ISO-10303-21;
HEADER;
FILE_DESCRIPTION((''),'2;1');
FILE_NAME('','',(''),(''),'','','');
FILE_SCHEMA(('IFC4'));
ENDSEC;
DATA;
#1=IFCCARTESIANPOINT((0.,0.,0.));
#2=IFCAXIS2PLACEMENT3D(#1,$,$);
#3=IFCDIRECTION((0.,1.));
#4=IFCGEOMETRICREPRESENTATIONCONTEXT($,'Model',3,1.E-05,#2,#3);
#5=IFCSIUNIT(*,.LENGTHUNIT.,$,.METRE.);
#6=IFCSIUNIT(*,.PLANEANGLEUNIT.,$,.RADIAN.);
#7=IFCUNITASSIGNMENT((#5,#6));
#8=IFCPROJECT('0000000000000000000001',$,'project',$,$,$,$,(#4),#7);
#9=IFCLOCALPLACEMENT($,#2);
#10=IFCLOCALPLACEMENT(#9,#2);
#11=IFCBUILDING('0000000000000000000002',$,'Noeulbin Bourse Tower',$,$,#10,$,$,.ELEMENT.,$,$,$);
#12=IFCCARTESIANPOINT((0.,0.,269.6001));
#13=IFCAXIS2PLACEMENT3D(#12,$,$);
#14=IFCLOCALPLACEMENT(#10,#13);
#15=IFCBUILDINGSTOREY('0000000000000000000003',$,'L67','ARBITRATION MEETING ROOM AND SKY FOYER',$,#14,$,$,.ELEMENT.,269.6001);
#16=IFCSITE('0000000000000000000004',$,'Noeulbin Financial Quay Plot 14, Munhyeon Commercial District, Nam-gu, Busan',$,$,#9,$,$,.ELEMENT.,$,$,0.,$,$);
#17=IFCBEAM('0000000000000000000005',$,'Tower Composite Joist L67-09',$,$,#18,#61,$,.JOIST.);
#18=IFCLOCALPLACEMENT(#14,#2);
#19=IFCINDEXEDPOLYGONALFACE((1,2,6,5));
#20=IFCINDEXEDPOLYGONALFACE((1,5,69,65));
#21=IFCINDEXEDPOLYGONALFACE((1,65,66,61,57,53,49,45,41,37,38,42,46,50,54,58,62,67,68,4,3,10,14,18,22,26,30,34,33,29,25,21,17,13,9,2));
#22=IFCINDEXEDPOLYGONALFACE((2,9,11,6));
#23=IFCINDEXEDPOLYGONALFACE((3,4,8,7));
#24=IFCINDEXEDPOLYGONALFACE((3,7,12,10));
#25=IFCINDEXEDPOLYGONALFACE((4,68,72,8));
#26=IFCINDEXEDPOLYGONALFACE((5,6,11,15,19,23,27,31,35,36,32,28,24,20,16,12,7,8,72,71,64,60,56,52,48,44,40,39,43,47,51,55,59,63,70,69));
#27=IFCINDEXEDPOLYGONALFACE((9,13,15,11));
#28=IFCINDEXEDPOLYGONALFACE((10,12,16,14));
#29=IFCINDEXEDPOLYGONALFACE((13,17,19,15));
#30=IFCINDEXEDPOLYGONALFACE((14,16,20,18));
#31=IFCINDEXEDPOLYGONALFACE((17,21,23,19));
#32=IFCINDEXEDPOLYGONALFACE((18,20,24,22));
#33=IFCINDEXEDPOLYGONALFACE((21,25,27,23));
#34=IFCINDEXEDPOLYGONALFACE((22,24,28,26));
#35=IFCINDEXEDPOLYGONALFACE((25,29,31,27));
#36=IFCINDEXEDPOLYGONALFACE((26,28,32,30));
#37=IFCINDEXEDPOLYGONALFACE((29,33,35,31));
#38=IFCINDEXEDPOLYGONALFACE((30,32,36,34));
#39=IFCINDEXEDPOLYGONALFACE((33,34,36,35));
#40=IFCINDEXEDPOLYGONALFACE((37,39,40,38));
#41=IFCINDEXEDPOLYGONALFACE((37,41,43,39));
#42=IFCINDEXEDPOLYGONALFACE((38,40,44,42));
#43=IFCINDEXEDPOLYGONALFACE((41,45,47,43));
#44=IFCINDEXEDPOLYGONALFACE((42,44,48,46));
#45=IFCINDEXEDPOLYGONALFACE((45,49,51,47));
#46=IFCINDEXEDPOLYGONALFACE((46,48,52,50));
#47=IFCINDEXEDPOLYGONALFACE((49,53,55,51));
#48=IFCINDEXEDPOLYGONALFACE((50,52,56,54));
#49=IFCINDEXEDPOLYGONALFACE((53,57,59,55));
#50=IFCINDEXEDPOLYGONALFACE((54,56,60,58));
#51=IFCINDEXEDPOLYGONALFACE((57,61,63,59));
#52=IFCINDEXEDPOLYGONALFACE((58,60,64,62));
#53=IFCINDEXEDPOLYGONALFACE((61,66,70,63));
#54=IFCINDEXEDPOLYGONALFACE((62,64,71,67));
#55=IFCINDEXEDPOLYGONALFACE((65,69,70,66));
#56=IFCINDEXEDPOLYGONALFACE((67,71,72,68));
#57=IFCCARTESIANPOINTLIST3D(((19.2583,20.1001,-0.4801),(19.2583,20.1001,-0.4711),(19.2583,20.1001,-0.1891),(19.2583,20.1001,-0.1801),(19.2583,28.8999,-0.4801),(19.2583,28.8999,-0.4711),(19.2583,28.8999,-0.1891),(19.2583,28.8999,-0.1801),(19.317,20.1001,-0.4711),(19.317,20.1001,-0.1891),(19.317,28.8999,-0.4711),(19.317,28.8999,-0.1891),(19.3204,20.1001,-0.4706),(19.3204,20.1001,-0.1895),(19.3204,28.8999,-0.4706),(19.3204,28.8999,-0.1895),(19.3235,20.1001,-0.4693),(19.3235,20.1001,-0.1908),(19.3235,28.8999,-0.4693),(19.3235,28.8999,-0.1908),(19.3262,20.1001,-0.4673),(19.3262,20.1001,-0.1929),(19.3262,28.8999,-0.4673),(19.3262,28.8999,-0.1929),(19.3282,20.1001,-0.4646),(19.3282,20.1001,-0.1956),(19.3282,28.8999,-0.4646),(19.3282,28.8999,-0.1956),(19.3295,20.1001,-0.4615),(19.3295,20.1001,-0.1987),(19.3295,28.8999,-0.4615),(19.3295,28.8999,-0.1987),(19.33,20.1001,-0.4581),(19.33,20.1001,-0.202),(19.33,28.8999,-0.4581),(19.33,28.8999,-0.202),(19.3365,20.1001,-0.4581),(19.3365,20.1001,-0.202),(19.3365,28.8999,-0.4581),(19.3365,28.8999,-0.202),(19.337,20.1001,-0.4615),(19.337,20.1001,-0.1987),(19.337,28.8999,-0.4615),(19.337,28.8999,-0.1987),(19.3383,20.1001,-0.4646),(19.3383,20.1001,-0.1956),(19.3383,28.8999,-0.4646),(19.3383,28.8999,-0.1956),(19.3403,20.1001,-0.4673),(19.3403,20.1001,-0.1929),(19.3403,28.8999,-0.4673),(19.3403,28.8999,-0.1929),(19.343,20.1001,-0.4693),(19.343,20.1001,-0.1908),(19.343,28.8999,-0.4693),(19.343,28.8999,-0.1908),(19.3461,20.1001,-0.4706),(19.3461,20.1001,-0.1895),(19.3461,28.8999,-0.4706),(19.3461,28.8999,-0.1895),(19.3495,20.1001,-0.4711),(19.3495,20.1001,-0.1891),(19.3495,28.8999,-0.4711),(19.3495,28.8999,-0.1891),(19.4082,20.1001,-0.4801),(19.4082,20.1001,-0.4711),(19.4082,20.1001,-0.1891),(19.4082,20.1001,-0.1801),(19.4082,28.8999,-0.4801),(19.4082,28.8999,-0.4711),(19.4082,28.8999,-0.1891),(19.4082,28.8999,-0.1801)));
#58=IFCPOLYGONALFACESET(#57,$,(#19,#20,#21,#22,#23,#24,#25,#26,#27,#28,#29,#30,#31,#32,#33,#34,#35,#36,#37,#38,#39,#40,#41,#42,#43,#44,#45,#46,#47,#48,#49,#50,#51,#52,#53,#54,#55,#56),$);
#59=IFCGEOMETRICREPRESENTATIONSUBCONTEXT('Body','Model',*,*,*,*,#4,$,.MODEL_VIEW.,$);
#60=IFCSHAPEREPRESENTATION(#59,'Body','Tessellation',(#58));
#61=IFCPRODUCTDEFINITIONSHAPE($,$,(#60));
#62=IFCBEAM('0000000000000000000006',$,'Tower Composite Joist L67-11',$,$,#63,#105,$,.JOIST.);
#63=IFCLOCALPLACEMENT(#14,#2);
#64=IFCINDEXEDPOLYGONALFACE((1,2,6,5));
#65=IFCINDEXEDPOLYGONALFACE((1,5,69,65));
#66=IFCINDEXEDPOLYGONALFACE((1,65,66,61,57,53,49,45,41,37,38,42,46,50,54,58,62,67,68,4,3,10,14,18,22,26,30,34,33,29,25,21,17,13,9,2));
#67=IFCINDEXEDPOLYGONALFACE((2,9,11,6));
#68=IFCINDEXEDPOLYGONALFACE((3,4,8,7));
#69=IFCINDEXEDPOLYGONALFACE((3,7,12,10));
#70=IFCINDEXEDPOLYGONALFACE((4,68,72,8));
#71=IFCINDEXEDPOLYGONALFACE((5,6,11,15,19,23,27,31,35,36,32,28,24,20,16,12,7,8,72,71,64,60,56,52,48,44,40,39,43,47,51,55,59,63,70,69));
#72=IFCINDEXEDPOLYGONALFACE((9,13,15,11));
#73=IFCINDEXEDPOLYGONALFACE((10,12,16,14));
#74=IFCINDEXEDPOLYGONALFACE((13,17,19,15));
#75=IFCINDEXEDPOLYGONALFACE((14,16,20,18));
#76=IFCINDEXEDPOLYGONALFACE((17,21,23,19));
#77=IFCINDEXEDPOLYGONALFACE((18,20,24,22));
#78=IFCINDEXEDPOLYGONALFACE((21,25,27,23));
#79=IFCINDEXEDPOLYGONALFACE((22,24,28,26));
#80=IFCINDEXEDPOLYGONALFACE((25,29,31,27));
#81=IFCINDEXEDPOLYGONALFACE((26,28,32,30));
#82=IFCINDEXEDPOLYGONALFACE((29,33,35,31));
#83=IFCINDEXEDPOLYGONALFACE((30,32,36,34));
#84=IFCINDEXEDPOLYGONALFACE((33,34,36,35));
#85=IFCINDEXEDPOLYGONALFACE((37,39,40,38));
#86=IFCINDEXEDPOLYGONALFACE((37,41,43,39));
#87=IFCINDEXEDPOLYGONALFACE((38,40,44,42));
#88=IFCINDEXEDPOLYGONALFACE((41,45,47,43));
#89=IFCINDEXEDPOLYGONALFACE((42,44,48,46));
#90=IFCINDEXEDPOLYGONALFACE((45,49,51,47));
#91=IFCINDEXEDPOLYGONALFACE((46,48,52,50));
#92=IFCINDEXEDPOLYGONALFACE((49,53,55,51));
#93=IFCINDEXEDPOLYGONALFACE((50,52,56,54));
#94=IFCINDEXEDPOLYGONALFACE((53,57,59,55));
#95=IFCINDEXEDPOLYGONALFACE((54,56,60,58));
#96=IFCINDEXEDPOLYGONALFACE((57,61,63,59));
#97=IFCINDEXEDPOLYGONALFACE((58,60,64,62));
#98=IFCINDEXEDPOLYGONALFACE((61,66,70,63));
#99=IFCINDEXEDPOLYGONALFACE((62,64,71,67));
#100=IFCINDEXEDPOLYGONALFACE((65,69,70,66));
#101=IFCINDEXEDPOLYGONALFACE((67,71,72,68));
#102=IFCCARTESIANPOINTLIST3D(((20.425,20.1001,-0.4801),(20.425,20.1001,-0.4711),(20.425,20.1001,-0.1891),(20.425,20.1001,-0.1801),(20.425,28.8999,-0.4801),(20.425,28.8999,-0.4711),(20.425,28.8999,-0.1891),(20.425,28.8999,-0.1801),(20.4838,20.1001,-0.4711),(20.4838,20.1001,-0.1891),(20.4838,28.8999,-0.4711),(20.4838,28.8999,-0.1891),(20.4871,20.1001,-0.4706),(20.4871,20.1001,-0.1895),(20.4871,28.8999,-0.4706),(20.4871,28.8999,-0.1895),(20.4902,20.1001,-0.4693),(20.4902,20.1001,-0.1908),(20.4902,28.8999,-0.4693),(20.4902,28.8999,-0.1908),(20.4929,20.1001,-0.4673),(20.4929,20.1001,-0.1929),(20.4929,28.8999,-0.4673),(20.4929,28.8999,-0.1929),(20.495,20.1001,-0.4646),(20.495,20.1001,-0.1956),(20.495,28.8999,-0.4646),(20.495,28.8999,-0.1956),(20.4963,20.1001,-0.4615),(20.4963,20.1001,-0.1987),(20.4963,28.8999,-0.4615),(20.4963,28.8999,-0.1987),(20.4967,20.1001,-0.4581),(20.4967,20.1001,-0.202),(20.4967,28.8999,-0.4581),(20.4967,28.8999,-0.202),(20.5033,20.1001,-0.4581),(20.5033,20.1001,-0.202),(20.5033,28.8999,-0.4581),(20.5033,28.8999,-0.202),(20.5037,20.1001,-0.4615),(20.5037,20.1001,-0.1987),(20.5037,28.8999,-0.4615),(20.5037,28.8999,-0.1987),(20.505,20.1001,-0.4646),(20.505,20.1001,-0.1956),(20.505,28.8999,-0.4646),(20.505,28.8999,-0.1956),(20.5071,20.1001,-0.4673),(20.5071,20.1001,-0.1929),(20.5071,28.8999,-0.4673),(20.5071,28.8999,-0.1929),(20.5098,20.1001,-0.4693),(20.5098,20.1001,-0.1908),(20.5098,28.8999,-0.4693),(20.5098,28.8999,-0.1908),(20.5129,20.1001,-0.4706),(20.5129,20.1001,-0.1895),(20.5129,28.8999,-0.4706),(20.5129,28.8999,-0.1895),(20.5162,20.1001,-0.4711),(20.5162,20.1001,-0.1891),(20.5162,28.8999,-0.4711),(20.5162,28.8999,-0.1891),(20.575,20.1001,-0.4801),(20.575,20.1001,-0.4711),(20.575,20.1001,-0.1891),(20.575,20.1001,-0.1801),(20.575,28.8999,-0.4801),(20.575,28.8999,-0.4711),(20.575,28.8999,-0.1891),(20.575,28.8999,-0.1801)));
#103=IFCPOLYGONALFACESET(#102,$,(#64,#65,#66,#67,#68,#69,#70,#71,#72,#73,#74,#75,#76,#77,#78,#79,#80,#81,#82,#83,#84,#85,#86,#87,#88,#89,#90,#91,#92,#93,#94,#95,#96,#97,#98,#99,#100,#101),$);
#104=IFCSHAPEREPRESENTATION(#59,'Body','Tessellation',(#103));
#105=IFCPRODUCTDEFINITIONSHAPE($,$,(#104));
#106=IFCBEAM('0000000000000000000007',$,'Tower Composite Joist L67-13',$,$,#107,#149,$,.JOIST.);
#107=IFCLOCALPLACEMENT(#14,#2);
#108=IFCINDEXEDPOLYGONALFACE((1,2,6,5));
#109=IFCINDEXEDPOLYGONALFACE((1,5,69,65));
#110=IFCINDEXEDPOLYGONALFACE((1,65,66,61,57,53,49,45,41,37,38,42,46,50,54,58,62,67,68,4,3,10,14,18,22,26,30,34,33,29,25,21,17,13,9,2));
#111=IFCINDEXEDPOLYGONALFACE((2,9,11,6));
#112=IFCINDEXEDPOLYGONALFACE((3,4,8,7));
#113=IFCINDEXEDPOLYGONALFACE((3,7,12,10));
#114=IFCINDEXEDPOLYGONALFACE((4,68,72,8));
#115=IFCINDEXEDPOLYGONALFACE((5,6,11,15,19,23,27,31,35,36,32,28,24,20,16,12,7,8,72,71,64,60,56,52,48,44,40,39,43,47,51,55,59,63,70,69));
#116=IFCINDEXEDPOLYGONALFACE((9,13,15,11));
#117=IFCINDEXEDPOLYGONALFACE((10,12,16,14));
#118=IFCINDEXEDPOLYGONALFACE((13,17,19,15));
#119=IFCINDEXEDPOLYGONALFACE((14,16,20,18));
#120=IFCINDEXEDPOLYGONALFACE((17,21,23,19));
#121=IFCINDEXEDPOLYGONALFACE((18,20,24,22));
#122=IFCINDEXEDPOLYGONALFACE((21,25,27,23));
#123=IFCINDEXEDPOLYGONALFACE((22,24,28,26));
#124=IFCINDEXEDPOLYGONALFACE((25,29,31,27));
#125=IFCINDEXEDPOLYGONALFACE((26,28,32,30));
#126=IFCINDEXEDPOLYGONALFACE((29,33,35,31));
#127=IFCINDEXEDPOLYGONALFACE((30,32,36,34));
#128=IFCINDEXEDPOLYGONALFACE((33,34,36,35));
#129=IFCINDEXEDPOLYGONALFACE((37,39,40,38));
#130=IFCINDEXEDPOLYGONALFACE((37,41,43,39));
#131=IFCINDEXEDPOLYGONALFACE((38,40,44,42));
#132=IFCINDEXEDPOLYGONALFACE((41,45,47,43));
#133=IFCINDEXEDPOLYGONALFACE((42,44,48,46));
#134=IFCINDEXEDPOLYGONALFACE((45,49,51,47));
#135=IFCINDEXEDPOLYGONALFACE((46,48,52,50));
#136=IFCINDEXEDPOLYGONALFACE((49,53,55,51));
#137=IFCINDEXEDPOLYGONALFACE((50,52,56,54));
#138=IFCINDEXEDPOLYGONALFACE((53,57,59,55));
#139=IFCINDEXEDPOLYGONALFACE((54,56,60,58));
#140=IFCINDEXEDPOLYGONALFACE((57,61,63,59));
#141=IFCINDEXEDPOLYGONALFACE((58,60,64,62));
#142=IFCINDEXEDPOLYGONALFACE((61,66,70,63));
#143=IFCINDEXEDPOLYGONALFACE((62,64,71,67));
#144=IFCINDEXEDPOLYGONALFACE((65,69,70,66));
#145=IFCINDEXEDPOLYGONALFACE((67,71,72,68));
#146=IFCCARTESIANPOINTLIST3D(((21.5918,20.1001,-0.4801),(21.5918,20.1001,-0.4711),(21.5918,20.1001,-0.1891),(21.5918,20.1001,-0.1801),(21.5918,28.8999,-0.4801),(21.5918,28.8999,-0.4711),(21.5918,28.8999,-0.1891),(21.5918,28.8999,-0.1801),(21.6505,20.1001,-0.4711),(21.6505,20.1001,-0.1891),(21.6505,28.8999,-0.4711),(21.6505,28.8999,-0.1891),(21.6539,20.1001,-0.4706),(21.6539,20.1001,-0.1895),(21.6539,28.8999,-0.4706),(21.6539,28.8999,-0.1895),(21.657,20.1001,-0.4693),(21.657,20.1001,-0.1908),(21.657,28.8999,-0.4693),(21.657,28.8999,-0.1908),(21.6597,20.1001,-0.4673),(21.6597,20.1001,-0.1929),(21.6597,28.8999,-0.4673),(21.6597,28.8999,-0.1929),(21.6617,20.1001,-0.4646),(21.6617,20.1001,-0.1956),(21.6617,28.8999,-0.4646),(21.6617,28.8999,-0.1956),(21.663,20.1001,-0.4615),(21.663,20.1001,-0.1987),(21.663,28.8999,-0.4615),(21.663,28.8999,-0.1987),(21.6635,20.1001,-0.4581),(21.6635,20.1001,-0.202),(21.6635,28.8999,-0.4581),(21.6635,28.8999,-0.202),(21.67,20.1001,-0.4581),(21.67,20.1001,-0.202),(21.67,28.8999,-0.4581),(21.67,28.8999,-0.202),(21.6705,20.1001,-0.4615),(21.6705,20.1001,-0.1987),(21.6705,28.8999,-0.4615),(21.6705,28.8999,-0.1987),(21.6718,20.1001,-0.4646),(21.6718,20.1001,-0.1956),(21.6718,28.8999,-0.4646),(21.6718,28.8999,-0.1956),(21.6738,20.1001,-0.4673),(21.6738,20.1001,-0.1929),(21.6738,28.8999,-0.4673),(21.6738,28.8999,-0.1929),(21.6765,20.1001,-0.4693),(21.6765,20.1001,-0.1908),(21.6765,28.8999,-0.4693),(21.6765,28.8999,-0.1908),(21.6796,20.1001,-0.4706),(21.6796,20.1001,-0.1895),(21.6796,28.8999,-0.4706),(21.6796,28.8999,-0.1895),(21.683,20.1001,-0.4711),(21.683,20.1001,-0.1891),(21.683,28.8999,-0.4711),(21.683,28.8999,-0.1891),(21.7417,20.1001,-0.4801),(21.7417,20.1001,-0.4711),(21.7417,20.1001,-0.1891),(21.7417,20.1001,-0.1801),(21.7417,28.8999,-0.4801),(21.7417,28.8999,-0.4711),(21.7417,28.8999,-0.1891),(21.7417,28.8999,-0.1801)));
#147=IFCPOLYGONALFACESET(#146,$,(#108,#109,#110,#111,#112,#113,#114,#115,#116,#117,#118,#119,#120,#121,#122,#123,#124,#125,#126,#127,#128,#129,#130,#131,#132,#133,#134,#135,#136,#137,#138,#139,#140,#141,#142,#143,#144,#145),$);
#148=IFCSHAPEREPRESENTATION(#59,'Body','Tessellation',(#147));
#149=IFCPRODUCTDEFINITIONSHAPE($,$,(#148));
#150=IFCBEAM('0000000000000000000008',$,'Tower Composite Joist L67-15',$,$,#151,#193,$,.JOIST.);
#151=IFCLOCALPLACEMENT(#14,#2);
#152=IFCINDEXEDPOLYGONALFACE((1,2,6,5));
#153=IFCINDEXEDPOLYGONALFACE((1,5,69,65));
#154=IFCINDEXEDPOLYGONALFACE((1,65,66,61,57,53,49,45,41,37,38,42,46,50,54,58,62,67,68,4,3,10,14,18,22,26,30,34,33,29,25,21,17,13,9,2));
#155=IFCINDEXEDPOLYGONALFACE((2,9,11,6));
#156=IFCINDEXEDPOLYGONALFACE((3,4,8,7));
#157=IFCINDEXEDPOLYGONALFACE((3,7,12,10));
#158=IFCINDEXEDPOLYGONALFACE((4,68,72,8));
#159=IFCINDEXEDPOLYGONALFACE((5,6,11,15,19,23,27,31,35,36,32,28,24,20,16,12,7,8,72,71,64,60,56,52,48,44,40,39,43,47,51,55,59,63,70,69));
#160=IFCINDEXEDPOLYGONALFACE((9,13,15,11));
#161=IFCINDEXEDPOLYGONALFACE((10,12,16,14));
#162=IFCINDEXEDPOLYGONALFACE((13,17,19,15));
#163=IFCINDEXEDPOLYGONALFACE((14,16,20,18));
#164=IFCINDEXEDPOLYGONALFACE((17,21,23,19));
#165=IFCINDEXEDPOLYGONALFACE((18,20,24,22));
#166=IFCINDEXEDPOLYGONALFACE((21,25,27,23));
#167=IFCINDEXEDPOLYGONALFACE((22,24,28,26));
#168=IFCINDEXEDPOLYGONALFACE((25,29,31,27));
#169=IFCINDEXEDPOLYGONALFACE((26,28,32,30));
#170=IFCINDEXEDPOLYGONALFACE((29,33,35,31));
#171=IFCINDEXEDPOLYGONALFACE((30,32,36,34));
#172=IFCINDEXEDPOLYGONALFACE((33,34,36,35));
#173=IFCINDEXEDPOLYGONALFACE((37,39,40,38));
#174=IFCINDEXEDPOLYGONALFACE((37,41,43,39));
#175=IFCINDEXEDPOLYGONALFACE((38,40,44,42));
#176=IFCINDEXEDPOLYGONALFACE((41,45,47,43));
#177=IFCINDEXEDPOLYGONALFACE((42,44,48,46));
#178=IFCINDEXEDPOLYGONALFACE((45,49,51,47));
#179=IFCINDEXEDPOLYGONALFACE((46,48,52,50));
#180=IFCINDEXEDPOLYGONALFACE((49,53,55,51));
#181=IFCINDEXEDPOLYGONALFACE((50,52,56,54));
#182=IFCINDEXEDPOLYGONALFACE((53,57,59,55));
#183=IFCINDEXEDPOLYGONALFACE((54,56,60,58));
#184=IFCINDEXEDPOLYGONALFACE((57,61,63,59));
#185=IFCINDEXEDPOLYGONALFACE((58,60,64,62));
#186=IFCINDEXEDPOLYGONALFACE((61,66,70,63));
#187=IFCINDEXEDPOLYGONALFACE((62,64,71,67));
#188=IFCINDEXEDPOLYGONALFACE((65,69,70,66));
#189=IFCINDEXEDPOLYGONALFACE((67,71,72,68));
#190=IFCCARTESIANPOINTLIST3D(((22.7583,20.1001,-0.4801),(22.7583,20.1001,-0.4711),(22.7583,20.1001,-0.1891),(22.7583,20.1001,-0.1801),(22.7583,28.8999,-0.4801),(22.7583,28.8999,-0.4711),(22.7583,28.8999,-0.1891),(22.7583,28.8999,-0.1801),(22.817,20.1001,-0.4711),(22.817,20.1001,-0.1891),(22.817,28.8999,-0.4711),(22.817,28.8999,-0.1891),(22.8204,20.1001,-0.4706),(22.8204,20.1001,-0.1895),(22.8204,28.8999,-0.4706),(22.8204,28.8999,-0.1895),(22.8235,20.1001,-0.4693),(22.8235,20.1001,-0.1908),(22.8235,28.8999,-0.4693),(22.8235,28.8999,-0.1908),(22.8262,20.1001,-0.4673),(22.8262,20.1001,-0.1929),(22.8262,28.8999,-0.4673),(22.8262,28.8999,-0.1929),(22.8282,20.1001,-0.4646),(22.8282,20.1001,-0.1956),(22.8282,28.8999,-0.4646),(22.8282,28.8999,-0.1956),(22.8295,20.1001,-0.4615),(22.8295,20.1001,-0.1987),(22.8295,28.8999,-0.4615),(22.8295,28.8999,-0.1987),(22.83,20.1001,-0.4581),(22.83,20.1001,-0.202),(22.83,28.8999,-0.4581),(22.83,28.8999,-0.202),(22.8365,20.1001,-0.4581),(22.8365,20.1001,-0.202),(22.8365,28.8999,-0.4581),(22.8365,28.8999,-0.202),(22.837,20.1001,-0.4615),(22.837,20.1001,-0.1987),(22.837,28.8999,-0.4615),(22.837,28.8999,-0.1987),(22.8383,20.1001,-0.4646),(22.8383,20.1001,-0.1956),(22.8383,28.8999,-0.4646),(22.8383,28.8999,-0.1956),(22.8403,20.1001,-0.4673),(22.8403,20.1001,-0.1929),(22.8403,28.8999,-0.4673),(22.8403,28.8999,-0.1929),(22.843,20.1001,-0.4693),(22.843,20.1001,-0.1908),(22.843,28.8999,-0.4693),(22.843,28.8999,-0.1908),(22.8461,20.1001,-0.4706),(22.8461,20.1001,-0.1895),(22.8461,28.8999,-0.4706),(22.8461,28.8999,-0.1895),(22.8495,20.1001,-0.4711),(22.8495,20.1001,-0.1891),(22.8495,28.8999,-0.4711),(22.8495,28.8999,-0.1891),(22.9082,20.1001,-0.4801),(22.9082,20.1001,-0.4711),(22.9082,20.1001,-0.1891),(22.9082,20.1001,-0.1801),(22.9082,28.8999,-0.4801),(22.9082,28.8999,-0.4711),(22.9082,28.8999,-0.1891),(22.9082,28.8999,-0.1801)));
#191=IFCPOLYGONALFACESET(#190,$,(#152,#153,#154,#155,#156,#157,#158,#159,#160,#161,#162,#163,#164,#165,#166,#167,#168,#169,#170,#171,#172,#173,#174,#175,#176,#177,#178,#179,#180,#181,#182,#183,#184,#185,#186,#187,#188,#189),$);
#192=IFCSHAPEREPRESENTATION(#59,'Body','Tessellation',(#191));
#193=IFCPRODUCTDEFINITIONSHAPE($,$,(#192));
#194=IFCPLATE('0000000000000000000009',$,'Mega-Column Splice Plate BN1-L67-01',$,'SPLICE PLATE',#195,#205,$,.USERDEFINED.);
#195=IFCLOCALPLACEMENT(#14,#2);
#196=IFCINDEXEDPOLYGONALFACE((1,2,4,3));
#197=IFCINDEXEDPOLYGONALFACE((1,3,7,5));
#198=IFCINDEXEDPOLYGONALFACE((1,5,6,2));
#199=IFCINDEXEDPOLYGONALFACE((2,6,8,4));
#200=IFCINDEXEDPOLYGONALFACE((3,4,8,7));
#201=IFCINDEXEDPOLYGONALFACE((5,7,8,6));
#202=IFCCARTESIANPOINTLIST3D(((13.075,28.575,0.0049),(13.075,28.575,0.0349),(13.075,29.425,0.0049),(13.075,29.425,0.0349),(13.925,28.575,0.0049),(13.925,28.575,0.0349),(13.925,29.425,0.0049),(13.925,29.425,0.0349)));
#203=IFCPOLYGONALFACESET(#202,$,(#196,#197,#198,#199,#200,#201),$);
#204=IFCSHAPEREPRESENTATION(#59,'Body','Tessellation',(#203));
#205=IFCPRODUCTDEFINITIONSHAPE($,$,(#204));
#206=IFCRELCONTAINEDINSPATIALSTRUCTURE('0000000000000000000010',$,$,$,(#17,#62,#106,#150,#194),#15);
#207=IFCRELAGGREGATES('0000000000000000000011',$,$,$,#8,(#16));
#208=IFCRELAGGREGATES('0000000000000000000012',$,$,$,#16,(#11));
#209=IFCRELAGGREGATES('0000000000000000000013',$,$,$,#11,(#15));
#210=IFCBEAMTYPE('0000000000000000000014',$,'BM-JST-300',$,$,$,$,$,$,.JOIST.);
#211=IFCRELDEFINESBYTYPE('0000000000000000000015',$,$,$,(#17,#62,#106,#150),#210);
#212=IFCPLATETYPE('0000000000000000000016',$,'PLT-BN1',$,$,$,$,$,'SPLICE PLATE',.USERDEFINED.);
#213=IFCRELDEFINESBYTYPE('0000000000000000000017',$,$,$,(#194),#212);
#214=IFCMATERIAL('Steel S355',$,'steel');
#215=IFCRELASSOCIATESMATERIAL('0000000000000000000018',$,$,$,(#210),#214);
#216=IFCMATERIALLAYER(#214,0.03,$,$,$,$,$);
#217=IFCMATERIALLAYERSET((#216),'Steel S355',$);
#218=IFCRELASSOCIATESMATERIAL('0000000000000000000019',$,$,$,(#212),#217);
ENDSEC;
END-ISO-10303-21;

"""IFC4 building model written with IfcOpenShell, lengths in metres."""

from ifc_helpers import new_model, si_unit, direction, frame, origin, origin_2d, place, context, subcontext, project, spatial, rectangle, i_section, extrude, material, layer, layer_set, material_profile, profile_set, type_object, element, save


model = new_model("IFC4")

# Units and contexts
model_context = context("Model", 3, precision=1e-05, world=origin(), true_north=direction((0.0, 1.0)))
body_context = subcontext(model_context, "Body", "Model", "MODEL_VIEW")
ifc_project = project(units=[si_unit("LENGTHUNIT", "METRE"), si_unit("PLANEANGLEUNIT", "RADIAN")], contexts=[model_context])

# Site, building, storey
site_placement = place(None, origin())
site = spatial("IfcSite", under=ifc_project, at=site_placement, Name="Noeulbin Financial Quay Plot 14, Munhyeon Commercial District, Nam-gu, Busan", CompositionType="ELEMENT", RefElevation=0.0)
building_placement = place(site_placement, origin())
building = spatial("IfcBuilding", under=site, at=building_placement, Name="Noeulbin Bourse Tower", CompositionType="ELEMENT")
storey_placement = place(building_placement, frame((0.0, 0.0, 269.6001)))
storey = spatial("IfcBuildingStorey", under=building, at=storey_placement, Name="L67", Description="ARBITRATION MEETING ROOM AND SKY FOYER", CompositionType="ELEMENT", Elevation=269.6001)

# Shared definitions
ifc_material_1 = material(Name="Steel S355", Category="steel")

# Beams
ifc_material_profile_1 = material_profile(ifc_material_1, i_section(OverallWidth=0.1499, OverallDepth=0.3, WebThickness=0.0066, FlangeThickness=0.009, FilletRadius=0.0129, at=origin_2d()), Name="H-300x150x6.5x9", Category="LoadBearing")
ifc_profile_set_1 = profile_set([ifc_material_profile_1], Name="Steel S355")
beam_type_1 = type_object("IfcBeamType", Name="BM-JST-300", PredefinedType="JOIST", material=ifc_profile_set_1)
for number, where, z_axis, x_axis, name in (
    (1, (19.3333, 20.1001, -0.3301), (0.0, 1.0, 0.0), (-1.0, 0.0, 0.0), "Tower Composite Joist L67-09"),
    (2, (20.5, 20.1001, -0.3301), (0.0, 1.0, 0.0), (-1.0, 0.0, 0.0), "Tower Composite Joist L67-11"),
    (3, (21.6667, 20.1001, -0.3301), (0.0, 1.0, 0.0), (-1.0, 0.0, 0.0), "Tower Composite Joist L67-13"),
    (4, (22.8333, 20.1001, -0.3301), (0.0, 1.0, 0.0), (-1.0, 0.0, 0.0), "Tower Composite Joist L67-15"),
):
    element("IfcBeam", number, at=place(storey_placement, frame(where, z_axis=z_axis, x_axis=x_axis)), inside=storey, type_object=beam_type_1, Name=name, PredefinedType="JOIST", context=body_context, shape_type="SweptSolid", body=[
        extrude(i_section(OverallWidth=0.1499, OverallDepth=0.3, WebThickness=0.0066, FlangeThickness=0.009, FilletRadius=0.0129, at=origin_2d()), origin(), (0.0, 0.0, 1.0), 8.7998),
    ])

# Plate
ifc_layer_1 = layer(ifc_material_1, 0.03)
ifc_layer_set_1 = layer_set([ifc_layer_1], Name="Steel S355")
plate_type = type_object("IfcPlateType", Name="PLT-BN1", ElementType="SPLICE PLATE", PredefinedType="USERDEFINED", material=ifc_layer_set_1)
for number, where, z_axis, x_axis, name in (
    (5, (13.5, 29.0, 0.0049), (0.0, 0.0, 1.0), (1.0, 0.0, 0.0), "Mega-Column Splice Plate BN1-L67-01"),
):
    element("IfcPlate", number, at=place(storey_placement, frame(where, z_axis=z_axis, x_axis=x_axis)), inside=storey, type_object=plate_type, Name=name, ObjectType="SPLICE PLATE", PredefinedType="USERDEFINED", context=body_context, shape_type="SweptSolid", body=[
        extrude(rectangle(XDim=0.8501, YDim=0.8501, at=origin_2d()), origin(), (0.0, 0.0, 1.0), 0.03),
    ])

save(model, "model.ifc")
